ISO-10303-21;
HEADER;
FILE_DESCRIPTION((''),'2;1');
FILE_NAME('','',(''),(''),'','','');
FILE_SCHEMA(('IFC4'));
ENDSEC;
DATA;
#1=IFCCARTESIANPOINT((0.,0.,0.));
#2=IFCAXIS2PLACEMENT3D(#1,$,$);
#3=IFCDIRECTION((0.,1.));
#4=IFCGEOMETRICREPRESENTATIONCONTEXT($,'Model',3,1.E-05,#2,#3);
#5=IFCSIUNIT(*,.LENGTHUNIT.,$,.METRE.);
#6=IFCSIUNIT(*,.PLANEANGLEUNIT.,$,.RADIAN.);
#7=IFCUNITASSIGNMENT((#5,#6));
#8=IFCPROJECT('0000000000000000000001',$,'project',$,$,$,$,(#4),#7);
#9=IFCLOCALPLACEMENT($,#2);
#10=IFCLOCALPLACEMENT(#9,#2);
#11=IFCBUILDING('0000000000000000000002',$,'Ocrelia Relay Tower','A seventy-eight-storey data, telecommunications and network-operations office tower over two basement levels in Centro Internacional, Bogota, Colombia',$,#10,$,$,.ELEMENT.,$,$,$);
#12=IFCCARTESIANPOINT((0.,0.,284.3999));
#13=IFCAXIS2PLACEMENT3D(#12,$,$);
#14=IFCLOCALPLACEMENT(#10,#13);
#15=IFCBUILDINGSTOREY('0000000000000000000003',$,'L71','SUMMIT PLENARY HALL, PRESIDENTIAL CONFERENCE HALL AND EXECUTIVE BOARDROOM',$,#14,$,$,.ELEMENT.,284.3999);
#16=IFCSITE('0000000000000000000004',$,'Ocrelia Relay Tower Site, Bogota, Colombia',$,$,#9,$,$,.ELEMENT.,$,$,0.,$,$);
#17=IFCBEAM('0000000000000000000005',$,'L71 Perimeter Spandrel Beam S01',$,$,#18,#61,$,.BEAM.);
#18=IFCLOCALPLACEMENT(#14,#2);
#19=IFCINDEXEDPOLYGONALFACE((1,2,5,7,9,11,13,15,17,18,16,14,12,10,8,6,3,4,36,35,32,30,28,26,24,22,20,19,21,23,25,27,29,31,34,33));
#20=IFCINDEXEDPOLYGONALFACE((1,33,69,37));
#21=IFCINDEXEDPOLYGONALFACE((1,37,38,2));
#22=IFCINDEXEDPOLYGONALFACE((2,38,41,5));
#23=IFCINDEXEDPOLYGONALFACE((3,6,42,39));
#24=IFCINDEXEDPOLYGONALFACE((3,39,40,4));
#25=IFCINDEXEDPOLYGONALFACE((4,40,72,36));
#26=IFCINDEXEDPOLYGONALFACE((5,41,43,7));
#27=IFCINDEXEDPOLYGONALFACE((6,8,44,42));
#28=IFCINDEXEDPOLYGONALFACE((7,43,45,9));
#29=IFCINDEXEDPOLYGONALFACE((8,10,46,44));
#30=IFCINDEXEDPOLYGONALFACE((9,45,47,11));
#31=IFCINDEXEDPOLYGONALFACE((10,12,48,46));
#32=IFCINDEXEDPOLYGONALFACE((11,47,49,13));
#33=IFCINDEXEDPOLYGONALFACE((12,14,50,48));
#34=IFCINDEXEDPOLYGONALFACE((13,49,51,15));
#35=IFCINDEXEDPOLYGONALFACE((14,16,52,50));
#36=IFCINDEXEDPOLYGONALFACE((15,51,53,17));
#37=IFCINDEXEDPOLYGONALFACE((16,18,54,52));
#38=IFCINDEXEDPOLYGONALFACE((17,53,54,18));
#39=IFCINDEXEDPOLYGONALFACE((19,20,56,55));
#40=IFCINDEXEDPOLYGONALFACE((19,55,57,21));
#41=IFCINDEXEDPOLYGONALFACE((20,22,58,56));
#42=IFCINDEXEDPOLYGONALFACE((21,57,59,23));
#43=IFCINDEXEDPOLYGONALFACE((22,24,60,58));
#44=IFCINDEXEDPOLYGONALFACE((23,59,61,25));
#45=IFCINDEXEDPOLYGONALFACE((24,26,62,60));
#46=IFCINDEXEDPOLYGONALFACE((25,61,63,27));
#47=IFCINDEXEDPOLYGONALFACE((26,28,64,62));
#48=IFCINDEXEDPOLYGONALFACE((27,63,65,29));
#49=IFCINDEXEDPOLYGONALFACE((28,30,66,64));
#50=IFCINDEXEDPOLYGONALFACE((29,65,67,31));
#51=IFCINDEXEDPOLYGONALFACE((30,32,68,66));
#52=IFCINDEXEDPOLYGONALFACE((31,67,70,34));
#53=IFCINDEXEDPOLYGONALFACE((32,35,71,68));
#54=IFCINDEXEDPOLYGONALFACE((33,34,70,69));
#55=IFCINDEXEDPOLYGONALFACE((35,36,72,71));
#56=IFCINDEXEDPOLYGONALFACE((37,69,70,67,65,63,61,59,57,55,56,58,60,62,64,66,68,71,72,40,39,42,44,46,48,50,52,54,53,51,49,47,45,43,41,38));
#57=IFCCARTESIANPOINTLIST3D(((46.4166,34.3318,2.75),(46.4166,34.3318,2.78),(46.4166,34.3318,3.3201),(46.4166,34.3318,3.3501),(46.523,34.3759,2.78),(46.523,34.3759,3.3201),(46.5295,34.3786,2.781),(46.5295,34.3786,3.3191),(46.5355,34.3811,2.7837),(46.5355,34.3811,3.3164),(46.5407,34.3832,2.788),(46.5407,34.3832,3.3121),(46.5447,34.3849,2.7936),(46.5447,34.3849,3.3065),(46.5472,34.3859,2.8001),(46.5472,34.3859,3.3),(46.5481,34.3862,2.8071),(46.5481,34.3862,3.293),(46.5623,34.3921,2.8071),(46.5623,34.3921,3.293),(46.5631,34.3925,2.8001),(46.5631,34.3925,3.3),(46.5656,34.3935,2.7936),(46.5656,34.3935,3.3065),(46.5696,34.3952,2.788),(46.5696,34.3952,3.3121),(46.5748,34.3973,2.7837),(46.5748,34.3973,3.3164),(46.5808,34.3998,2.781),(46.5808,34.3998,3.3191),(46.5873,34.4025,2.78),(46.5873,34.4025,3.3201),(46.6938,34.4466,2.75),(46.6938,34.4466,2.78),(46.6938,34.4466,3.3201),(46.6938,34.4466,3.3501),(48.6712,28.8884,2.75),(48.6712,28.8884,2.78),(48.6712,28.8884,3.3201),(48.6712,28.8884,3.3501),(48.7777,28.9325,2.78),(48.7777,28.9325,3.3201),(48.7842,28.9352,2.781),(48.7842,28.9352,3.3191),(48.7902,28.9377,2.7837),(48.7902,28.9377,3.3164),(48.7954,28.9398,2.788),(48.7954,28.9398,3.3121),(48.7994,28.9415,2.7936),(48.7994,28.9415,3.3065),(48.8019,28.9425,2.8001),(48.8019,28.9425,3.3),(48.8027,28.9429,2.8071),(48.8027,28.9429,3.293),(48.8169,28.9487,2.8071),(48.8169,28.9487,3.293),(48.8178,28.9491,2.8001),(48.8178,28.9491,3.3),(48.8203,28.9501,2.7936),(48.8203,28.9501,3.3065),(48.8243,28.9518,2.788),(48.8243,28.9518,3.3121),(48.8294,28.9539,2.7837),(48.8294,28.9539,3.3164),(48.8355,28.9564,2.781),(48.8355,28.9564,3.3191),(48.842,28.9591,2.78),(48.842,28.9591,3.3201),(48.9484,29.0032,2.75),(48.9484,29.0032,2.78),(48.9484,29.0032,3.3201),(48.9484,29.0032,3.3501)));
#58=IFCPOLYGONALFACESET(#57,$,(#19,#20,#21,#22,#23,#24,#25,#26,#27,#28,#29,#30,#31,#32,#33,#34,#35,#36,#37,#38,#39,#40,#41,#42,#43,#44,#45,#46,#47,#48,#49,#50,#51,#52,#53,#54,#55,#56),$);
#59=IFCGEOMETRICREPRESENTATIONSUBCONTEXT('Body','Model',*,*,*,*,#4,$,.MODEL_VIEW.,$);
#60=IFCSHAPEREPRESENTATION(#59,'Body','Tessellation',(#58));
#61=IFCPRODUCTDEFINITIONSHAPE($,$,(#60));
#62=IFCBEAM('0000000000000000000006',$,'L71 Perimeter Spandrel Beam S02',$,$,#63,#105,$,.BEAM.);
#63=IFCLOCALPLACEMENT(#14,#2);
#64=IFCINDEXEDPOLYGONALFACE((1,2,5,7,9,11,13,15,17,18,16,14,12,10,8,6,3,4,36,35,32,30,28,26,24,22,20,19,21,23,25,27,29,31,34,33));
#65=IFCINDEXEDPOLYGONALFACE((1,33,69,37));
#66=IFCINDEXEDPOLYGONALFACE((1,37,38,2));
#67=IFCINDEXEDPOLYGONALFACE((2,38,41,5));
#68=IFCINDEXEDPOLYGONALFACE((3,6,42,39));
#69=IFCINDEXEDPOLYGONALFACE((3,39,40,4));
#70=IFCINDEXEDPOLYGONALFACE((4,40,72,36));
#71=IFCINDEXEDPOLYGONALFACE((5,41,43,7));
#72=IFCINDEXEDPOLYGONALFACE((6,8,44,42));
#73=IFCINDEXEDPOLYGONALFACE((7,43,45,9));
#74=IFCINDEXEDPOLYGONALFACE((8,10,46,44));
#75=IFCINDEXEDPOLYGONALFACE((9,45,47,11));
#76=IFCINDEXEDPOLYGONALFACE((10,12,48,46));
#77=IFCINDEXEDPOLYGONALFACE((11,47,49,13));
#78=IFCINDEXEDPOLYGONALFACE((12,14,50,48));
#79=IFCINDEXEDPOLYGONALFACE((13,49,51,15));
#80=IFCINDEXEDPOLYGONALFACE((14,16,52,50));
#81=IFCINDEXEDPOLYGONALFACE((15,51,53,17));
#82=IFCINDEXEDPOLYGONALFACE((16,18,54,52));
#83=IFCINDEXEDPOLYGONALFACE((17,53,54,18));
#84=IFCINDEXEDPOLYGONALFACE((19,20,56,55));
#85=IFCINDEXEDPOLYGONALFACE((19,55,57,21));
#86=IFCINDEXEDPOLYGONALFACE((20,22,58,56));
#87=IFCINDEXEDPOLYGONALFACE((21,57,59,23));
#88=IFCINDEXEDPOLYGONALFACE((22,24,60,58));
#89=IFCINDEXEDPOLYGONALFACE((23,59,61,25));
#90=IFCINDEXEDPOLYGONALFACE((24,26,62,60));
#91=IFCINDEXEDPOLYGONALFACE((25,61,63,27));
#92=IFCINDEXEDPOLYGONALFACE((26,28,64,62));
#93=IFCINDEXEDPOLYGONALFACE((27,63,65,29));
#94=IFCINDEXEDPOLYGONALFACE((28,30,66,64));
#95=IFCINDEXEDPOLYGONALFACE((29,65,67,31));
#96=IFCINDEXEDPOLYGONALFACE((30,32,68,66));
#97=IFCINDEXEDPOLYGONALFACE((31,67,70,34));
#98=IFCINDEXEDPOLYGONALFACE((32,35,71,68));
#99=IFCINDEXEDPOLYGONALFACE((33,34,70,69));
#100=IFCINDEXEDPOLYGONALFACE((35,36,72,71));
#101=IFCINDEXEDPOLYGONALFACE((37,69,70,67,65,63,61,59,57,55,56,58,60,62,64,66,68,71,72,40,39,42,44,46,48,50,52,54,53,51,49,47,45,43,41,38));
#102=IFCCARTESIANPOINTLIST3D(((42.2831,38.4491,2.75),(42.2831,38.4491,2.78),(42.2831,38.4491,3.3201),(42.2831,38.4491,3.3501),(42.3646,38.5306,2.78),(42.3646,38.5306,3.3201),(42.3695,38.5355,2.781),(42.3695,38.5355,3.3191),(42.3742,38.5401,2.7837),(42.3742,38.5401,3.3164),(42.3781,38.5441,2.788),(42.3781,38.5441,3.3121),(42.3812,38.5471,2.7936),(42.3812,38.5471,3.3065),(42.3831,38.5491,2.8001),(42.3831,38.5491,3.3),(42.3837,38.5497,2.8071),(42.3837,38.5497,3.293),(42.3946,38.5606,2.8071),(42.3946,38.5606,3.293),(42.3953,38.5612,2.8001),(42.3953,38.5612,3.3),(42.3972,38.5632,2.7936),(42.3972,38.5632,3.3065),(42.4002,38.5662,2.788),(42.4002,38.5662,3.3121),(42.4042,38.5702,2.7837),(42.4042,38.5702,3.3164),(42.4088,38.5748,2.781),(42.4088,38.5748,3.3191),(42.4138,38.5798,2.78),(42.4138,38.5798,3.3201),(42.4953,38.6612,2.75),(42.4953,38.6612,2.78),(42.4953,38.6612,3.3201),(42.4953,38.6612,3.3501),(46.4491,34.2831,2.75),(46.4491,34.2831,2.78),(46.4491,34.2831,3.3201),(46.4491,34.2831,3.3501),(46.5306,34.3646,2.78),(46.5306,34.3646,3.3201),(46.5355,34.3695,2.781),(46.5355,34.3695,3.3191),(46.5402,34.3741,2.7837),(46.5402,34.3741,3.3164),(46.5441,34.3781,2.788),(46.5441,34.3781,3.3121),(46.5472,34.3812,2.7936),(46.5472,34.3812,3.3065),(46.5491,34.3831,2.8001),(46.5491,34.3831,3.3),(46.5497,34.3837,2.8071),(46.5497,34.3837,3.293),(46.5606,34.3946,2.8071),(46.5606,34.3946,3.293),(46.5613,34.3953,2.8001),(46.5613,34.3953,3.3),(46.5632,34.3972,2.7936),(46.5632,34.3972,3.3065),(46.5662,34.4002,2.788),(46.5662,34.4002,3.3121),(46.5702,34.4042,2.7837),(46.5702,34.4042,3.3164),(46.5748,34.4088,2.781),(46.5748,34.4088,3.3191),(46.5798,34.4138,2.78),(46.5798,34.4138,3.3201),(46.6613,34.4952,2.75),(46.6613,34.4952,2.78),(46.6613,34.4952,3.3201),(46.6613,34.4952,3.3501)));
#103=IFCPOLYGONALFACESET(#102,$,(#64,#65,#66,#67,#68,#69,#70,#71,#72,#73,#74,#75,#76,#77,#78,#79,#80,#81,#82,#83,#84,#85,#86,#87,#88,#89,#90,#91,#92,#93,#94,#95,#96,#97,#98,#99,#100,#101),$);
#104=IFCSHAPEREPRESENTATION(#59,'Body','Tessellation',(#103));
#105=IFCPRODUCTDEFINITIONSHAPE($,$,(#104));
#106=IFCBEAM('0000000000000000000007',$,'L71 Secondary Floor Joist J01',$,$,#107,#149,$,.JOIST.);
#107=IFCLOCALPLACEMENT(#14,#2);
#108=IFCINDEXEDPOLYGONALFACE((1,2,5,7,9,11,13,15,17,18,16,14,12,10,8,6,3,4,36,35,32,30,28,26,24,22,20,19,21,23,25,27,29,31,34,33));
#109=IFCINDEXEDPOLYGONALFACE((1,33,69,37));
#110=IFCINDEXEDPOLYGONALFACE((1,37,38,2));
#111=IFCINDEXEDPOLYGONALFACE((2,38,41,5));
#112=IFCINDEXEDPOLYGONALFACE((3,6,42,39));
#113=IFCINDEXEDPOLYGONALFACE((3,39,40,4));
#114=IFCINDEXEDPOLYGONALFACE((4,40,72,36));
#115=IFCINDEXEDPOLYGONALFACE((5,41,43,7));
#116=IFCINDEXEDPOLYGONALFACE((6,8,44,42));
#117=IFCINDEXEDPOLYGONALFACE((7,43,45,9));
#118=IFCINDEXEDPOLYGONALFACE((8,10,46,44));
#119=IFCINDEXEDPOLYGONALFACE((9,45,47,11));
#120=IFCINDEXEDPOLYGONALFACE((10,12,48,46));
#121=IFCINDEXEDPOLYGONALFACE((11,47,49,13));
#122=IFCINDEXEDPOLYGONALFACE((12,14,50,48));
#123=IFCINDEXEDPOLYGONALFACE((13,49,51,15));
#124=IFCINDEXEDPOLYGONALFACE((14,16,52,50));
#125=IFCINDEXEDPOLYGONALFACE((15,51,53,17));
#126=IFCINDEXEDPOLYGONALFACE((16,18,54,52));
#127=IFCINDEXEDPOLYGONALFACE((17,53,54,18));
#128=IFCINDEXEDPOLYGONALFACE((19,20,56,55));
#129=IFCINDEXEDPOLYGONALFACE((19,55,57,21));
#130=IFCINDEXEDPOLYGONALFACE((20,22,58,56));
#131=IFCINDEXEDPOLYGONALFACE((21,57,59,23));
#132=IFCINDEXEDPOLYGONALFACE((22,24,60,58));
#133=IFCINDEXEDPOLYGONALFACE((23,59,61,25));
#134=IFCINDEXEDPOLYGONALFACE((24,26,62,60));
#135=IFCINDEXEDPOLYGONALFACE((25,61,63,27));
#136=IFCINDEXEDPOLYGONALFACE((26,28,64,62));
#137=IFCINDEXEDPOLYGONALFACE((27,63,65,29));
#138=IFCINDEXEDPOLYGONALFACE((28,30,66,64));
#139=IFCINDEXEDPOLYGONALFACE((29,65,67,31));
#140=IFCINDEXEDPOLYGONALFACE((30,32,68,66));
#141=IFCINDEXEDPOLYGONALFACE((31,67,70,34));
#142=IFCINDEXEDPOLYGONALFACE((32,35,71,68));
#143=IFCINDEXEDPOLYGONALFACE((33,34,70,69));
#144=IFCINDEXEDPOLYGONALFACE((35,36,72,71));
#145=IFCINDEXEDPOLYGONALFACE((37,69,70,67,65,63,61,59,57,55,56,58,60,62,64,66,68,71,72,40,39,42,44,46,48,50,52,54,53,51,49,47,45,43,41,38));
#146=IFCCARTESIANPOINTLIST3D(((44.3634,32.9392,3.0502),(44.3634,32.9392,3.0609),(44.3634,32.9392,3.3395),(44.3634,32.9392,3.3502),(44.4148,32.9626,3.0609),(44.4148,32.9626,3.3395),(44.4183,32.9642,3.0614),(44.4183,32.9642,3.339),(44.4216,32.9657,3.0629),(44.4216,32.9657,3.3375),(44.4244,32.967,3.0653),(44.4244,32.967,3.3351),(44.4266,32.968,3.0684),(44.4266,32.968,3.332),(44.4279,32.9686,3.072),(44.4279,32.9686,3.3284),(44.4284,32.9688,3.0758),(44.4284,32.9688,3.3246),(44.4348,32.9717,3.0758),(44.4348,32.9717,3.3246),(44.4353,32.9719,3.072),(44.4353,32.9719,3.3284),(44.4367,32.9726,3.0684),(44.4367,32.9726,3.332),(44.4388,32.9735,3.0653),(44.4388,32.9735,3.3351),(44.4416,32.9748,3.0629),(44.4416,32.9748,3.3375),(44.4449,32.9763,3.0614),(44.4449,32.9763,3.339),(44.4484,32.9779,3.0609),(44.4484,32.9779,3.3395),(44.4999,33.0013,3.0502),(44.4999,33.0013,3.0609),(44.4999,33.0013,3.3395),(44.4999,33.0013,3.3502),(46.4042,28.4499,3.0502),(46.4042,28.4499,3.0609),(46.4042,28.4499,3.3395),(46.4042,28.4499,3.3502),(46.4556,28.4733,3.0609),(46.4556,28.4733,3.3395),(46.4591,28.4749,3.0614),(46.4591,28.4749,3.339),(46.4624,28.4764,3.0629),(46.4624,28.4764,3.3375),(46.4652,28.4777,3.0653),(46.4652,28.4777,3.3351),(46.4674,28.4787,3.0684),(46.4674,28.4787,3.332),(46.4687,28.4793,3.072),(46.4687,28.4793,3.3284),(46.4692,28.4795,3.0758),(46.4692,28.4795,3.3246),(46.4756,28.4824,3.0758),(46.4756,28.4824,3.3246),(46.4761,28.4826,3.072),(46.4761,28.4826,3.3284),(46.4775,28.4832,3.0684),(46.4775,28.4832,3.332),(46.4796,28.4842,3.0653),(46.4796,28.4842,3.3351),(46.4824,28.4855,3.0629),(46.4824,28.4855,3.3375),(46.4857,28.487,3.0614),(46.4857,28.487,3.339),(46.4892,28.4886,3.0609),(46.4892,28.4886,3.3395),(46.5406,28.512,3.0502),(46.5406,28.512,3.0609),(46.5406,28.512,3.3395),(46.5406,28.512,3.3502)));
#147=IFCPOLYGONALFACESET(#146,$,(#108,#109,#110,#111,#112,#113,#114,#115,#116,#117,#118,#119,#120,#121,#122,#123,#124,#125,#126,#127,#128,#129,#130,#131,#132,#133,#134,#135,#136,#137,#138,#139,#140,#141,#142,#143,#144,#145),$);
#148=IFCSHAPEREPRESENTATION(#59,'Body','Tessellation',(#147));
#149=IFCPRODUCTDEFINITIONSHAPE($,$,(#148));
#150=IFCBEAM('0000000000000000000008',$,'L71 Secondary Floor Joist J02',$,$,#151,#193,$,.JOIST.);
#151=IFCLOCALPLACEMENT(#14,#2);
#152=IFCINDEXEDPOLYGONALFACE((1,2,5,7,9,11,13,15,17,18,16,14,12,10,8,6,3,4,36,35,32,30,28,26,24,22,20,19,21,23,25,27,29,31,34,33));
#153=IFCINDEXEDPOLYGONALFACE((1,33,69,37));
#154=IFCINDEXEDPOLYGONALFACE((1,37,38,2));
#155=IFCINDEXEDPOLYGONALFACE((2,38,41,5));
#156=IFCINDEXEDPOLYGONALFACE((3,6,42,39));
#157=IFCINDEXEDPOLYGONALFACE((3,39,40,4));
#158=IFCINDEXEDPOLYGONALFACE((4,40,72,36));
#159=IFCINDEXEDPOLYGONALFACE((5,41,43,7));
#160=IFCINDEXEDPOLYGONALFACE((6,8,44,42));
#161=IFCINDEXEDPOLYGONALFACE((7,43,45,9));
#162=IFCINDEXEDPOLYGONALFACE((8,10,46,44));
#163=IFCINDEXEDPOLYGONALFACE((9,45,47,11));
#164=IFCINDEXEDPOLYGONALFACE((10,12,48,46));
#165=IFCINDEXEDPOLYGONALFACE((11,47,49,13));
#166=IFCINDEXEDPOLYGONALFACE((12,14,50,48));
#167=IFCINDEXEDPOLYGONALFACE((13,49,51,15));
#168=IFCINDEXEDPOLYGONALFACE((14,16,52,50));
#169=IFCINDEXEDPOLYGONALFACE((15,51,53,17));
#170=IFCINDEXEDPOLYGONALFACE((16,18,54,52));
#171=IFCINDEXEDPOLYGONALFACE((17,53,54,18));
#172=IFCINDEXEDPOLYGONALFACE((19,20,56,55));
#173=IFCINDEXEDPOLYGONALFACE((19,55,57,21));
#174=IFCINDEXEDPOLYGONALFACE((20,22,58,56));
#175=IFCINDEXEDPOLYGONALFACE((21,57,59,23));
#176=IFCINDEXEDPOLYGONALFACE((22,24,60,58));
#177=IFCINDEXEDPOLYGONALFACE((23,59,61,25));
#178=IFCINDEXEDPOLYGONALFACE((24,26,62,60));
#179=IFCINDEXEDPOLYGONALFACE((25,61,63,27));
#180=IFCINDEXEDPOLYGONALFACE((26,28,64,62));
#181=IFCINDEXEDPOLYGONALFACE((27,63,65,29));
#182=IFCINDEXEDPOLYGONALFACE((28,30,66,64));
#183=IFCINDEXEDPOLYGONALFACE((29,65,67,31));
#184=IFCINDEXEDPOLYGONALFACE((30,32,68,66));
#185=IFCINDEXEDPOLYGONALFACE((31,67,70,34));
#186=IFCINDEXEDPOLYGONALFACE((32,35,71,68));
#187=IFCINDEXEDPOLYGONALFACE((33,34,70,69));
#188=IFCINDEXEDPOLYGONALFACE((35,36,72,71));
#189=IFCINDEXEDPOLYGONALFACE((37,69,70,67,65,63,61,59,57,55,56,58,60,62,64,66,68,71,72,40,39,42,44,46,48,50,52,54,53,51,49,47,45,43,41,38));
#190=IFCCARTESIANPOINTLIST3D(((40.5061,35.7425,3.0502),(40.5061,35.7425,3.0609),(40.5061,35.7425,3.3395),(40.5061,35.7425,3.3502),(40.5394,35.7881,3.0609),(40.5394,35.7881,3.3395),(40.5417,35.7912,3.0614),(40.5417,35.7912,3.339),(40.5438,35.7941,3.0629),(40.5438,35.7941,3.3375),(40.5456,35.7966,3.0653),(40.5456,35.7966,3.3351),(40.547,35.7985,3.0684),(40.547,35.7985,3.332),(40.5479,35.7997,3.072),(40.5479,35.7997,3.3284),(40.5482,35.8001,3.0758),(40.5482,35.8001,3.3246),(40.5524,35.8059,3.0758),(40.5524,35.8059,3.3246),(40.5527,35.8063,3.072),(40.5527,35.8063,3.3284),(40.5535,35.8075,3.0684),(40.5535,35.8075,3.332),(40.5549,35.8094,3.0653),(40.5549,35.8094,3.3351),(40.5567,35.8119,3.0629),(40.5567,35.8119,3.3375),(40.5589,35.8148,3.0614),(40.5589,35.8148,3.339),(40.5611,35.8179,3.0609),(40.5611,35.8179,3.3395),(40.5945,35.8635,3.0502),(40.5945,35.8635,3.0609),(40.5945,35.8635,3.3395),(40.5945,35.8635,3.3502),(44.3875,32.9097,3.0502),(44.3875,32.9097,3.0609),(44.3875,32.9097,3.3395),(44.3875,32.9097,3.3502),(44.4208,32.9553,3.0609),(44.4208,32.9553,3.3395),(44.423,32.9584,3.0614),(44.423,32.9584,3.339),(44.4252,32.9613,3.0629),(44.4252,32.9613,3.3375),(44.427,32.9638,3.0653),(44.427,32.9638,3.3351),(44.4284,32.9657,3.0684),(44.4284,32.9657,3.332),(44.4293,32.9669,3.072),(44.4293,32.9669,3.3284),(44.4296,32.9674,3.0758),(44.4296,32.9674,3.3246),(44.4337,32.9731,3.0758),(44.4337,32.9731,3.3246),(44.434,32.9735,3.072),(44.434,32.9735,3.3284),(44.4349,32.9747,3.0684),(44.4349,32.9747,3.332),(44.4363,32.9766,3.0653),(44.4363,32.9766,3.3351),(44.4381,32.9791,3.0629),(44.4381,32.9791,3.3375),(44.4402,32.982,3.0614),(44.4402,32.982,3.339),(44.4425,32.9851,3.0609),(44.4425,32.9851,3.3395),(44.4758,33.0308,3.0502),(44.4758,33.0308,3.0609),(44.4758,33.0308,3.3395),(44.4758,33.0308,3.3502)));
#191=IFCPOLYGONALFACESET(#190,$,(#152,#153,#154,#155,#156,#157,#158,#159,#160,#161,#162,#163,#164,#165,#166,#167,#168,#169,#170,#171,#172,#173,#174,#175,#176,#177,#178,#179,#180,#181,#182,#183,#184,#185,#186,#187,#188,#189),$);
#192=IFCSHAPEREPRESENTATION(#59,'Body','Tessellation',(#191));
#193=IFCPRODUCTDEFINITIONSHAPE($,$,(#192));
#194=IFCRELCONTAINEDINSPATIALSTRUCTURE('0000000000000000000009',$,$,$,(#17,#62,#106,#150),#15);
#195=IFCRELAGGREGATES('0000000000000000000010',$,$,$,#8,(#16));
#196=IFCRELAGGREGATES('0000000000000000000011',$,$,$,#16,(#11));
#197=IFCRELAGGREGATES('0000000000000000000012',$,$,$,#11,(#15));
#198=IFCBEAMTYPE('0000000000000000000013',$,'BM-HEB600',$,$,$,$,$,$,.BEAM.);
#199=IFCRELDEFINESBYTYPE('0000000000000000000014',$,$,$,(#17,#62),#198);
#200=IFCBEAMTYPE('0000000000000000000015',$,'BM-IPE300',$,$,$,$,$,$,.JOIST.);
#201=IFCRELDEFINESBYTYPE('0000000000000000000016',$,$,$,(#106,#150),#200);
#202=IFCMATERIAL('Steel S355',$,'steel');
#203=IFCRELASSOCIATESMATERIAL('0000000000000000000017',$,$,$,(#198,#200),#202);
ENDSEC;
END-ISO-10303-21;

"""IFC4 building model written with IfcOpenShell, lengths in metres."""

from ifc_helpers import new_model, si_unit, direction, frame, origin, origin_2d, place, context, subcontext, project, spatial, i_section, extrude, material, material_profile, profile_set, type_object, element, save


model = new_model("IFC4")

# Units and contexts
model_context = context("Model", 3, precision=1e-05, world=origin(), true_north=direction((0.0, 1.0)))
body_context = subcontext(model_context, "Body", "Model", "MODEL_VIEW")
ifc_project = project(units=[si_unit("LENGTHUNIT", "METRE"), si_unit("PLANEANGLEUNIT", "RADIAN")], contexts=[model_context])

# Site, building, storey
site_placement = place(None, origin())
site = spatial("IfcSite", under=ifc_project, at=site_placement, Name="Ocrelia Relay Tower Site, Bogota, Colombia", CompositionType="ELEMENT", RefElevation=0.0)
building_placement = place(site_placement, origin())
building = spatial("IfcBuilding", under=site, at=building_placement, Name="Ocrelia Relay Tower", Description="A seventy-eight-storey data, telecommunications and network-operations office tower over two basement levels in Centro Internacional, Bogota, Colombia", CompositionType="ELEMENT")
storey_placement = place(building_placement, frame((0.0, 0.0, 284.3999)))
storey = spatial("IfcBuildingStorey", under=building, at=storey_placement, Name="L71", Description="SUMMIT PLENARY HALL, PRESIDENTIAL CONFERENCE HALL AND EXECUTIVE BOARDROOM", CompositionType="ELEMENT", Elevation=284.3999)

# Beams
ifc_material_1 = material(Name="Steel S355", Category="steel")
ifc_material_profile_1 = material_profile(ifc_material_1, i_section(OverallWidth=0.3, OverallDepth=0.6001, WebThickness=0.0154, FlangeThickness=0.03, FilletRadius=0.0271, at=origin_2d()), Name="HEB 600")
ifc_profile_set_1 = profile_set([ifc_material_profile_1], Name="Steel S355")
beam_type_1 = type_object("IfcBeamType", Name="BM-HEB600", PredefinedType="BEAM", material=ifc_profile_set_1)
beam_1_placement = place(storey_placement, frame((48.8098, 28.9458, 3.05), z_axis=(-0.382673, 0.923884, 0.0), x_axis=(-0.923884, -0.382673, 0.0)))
element("IfcBeam", 1, at=beam_1_placement, inside=storey, type_object=beam_type_1, Name="L71 Perimeter Spandrel Beam S01", PredefinedType="BEAM", context=body_context, shape_type="SweptSolid", body=[
    extrude(i_section(OverallWidth=0.3, OverallDepth=0.6001, WebThickness=0.0154, FlangeThickness=0.03, FilletRadius=0.0271, at=origin_2d()), origin(), (0.0, 0.0, 1.0), 5.8918),
])
beam_2_placement = place(storey_placement, frame((46.5552, 34.3892, 3.05), z_axis=(-0.707107, 0.707107, 0.0), x_axis=(-0.707107, -0.707107, 0.0)))
element("IfcBeam", 2, at=beam_2_placement, inside=storey, type_object=beam_type_1, Name="L71 Perimeter Spandrel Beam S02", PredefinedType="BEAM", context=body_context, shape_type="SweptSolid", body=[
    extrude(i_section(OverallWidth=0.3, OverallDepth=0.6001, WebThickness=0.0154, FlangeThickness=0.03, FilletRadius=0.0271, at=origin_2d()), origin(), (0.0, 0.0, 1.0), 5.8916),
])
ifc_material_profile_2 = material_profile(ifc_material_1, i_section(OverallWidth=0.1499, OverallDepth=0.3, WebThickness=0.0071, FlangeThickness=0.0107, FilletRadius=0.0149, at=origin_2d()), Name="IPE 300")
ifc_profile_set_2 = profile_set([ifc_material_profile_2], Name="Steel S355")
beam_type_2 = type_object("IfcBeamType", Name="BM-IPE300", PredefinedType="JOIST", material=ifc_profile_set_2)
beam_3_placement = place(storey_placement, frame((46.4724, 28.481, 3.2002), z_axis=(-0.413837, 0.910351, 0.0), x_axis=(-0.910351, -0.413837, 0.0)))
element("IfcBeam", 3, at=beam_3_placement, inside=storey, type_object=beam_type_2, Name="L71 Secondary Floor Joist J01", PredefinedType="JOIST", context=body_context, shape_type="SweptSolid", body=[
    extrude(i_section(OverallWidth=0.1499, OverallDepth=0.3, WebThickness=0.0071, FlangeThickness=0.0107, FilletRadius=0.0149, at=origin_2d()), origin(), (0.0, 0.0, 1.0), 4.9314),
])
beam_4_placement = place(storey_placement, frame((44.4316, 32.9702, 3.2002), z_axis=(-0.807748, 0.589527, 0.0), x_axis=(-0.589527, -0.807748, 0.0)))
element("IfcBeam", 4, at=beam_4_placement, inside=storey, type_object=beam_type_2, Name="L71 Secondary Floor Joist J02", PredefinedType="JOIST", context=body_context, shape_type="SweptSolid", body=[
    extrude(i_section(OverallWidth=0.1499, OverallDepth=0.3, WebThickness=0.0071, FlangeThickness=0.0107, FilletRadius=0.0149, at=origin_2d()), origin(), (0.0, 0.0, 1.0), 4.8052),
])

save(model, "model.ifc")
